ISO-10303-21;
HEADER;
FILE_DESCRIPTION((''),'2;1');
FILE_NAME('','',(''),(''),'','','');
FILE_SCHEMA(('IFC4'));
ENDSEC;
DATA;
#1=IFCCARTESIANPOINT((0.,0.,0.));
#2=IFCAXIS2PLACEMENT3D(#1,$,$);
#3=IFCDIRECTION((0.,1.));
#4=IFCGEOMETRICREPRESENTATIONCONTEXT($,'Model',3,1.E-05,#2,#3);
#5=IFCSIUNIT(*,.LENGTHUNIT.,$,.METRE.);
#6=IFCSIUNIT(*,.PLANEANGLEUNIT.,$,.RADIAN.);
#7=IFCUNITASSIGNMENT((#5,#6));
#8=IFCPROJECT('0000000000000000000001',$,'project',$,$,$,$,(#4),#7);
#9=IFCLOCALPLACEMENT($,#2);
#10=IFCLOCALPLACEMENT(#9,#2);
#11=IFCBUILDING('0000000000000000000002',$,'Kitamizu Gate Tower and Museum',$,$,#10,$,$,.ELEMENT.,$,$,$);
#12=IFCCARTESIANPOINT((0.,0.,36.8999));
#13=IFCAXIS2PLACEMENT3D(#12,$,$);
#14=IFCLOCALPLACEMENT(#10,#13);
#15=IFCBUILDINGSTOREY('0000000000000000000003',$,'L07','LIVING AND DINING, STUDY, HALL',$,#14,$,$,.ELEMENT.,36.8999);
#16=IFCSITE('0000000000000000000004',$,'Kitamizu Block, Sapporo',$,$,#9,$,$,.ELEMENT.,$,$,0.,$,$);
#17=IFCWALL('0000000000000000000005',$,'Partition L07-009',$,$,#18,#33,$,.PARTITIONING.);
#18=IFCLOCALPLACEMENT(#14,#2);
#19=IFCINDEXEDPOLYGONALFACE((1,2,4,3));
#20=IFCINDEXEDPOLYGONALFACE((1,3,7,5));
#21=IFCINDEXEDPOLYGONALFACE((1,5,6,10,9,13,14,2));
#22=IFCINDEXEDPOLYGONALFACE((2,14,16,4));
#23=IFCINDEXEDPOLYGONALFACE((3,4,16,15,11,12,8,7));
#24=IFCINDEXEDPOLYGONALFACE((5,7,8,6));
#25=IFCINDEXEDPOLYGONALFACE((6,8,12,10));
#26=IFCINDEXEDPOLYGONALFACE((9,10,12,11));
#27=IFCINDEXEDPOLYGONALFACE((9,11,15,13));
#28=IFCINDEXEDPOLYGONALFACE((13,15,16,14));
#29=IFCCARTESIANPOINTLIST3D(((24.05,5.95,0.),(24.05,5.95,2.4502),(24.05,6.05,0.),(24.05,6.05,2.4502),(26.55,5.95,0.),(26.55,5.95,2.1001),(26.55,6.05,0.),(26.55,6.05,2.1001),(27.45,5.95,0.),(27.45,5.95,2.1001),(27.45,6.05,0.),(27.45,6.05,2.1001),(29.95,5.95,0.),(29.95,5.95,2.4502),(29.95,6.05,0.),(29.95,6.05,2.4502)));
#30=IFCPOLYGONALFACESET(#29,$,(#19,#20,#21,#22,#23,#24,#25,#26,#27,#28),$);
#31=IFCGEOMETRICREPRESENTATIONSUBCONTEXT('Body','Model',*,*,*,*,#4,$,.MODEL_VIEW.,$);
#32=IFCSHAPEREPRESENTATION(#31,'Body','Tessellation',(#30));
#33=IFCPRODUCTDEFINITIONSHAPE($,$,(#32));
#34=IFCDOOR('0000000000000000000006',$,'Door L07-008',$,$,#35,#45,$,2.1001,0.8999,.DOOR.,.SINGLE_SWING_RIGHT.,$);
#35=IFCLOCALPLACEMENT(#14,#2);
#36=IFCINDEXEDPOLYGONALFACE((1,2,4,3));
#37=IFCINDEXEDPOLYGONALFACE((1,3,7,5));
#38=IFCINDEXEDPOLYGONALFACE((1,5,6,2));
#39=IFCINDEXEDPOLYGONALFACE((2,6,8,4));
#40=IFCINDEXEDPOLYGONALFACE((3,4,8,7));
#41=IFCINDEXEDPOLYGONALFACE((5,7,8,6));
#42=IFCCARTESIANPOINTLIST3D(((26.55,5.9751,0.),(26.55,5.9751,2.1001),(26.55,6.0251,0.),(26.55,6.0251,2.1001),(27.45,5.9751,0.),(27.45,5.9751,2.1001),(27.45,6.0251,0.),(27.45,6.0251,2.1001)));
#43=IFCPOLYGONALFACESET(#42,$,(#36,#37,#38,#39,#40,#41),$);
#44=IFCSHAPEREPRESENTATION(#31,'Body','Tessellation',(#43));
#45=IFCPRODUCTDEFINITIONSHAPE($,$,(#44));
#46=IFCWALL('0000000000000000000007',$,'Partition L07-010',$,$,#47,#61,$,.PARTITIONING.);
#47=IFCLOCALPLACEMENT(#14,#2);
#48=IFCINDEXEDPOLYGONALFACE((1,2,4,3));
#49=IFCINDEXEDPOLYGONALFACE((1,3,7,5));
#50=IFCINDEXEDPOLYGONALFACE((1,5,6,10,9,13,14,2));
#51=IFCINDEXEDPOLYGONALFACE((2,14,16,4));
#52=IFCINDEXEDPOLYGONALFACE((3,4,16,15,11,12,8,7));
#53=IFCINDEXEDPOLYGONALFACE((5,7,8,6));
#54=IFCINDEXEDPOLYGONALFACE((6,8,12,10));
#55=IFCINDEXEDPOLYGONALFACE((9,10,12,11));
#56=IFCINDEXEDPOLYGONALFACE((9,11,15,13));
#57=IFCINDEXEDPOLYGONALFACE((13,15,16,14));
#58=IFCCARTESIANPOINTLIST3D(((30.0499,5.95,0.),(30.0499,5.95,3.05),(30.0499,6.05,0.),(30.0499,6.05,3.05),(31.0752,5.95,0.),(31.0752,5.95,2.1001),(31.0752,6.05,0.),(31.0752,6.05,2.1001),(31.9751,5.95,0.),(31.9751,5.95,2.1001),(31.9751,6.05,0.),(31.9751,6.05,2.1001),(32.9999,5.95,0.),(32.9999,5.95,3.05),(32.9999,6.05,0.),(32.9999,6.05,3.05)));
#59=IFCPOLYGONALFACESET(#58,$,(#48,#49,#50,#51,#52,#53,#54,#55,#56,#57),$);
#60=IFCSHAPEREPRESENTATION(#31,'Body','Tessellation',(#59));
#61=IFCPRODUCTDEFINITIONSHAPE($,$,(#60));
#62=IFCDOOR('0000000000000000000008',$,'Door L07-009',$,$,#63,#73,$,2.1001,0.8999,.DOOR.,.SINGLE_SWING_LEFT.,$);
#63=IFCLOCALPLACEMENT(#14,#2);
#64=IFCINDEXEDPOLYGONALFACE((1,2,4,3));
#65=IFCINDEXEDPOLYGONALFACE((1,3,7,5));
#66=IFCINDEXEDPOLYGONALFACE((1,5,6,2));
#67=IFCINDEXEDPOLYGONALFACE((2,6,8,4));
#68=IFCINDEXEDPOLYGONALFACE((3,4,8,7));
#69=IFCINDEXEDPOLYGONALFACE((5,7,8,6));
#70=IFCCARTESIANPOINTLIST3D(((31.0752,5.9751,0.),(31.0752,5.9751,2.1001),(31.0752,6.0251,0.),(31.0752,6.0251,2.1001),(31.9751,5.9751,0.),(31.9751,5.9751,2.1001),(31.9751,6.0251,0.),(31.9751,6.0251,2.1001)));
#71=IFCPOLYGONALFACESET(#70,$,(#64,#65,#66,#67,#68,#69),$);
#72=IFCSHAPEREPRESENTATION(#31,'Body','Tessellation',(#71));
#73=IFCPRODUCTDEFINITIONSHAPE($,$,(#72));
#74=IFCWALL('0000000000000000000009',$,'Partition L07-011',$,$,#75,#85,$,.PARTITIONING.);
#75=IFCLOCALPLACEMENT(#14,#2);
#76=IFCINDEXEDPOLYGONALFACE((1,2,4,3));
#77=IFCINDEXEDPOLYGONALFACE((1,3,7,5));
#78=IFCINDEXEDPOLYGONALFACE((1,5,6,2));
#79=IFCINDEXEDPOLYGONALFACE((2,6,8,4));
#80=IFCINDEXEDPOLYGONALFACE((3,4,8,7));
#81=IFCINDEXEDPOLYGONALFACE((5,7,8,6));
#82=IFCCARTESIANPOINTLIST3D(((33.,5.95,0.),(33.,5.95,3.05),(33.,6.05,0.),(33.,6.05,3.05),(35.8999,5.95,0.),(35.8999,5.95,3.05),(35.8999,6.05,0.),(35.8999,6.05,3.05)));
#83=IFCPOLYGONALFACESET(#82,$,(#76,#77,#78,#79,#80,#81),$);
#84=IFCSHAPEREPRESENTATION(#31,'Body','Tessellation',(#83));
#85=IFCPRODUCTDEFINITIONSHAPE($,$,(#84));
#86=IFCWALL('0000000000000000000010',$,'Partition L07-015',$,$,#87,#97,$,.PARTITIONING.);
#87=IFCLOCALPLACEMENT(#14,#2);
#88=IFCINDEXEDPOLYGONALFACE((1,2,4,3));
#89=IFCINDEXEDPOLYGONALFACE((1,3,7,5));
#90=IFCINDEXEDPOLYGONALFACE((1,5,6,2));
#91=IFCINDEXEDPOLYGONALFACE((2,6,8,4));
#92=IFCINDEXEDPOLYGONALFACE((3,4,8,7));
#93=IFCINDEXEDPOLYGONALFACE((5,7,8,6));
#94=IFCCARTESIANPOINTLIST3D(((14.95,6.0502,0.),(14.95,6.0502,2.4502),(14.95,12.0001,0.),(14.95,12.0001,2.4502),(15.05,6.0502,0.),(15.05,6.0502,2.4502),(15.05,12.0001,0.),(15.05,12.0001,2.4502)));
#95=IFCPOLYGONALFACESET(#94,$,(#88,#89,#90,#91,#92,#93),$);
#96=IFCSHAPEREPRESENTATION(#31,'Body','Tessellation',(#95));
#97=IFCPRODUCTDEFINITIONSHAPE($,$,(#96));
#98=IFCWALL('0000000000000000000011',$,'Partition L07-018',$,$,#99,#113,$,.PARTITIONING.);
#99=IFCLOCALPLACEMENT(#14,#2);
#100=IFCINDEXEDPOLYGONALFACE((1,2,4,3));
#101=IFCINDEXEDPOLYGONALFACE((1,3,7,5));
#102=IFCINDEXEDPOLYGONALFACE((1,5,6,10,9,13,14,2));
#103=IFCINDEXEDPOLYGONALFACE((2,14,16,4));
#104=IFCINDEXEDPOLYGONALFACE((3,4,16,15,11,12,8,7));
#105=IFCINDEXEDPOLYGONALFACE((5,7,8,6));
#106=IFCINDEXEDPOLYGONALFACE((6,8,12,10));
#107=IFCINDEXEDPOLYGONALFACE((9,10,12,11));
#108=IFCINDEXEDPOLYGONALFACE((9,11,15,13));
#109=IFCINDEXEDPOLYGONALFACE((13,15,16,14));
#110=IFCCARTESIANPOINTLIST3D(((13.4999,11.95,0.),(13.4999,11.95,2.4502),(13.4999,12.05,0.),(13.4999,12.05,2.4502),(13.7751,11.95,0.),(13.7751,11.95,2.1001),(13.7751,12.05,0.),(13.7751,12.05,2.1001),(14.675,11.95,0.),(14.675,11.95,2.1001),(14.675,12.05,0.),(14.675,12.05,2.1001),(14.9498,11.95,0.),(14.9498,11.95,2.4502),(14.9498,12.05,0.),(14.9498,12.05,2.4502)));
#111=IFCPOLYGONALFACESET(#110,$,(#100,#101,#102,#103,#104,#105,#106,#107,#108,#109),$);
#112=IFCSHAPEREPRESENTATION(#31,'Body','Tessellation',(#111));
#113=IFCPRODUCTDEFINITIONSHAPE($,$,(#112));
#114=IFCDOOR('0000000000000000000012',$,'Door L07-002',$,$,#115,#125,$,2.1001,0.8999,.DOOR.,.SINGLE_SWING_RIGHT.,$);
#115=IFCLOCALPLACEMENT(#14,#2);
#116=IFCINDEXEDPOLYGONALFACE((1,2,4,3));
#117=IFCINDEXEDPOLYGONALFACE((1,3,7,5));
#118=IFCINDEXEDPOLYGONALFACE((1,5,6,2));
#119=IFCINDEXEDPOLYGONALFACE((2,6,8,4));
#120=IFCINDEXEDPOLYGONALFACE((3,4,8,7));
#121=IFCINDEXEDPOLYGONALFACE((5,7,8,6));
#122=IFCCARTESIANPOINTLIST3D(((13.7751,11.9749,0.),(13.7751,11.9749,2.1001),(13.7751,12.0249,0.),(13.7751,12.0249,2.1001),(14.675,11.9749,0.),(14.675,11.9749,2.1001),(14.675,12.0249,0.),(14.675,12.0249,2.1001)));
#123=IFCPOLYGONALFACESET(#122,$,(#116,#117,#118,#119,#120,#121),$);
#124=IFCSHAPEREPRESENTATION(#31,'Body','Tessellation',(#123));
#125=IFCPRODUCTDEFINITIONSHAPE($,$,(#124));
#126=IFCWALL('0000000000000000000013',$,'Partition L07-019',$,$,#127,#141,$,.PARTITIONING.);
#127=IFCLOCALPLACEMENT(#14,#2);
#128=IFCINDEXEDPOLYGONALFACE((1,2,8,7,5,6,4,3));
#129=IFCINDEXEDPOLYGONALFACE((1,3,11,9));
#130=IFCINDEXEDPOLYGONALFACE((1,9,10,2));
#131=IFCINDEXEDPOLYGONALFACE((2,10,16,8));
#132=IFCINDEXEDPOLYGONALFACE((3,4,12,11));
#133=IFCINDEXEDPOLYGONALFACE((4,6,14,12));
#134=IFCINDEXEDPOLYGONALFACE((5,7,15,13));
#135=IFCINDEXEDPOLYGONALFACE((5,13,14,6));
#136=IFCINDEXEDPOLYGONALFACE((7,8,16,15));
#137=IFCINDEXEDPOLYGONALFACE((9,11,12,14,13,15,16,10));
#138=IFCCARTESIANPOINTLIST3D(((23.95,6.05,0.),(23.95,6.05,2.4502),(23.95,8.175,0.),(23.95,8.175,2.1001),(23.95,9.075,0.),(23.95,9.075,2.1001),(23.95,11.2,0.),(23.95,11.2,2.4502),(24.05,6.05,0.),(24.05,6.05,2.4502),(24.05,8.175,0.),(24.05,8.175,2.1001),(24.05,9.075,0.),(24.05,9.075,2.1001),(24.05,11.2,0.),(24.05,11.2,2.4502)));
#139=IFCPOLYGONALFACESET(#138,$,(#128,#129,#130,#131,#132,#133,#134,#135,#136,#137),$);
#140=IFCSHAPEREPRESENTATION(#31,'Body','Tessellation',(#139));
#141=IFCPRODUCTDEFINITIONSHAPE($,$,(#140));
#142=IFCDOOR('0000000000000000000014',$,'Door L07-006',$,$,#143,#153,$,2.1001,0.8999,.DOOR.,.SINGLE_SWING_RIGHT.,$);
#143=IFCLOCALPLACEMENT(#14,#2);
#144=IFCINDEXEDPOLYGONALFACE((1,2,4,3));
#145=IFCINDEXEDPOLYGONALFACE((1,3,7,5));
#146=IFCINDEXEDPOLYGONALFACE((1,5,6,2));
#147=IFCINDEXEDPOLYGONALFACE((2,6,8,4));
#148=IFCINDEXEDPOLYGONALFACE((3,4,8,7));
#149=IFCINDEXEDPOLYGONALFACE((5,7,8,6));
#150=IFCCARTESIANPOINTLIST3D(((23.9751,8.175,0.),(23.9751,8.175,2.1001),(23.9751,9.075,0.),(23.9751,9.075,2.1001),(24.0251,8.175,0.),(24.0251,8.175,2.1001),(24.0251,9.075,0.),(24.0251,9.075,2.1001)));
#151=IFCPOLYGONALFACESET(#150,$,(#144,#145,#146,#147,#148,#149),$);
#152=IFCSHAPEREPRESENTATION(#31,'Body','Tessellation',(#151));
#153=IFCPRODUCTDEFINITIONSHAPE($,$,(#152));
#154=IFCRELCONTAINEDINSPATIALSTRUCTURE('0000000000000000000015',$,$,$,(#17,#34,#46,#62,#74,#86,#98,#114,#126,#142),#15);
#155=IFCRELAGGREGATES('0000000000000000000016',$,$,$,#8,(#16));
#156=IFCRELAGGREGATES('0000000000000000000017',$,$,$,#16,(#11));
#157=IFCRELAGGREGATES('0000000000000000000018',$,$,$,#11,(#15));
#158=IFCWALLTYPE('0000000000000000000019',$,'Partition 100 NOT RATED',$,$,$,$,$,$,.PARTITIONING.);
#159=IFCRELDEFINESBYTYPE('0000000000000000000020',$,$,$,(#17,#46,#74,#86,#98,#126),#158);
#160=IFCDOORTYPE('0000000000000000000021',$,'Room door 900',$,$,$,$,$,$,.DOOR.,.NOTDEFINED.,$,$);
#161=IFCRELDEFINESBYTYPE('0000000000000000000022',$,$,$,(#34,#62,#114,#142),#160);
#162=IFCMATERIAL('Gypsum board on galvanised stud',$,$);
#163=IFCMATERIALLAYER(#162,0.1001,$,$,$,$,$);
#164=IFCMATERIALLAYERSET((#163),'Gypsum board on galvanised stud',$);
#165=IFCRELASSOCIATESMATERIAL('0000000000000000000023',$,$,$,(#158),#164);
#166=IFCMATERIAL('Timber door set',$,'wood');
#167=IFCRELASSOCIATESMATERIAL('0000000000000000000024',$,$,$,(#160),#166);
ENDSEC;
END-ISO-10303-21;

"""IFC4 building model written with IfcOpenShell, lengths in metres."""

from ifc_helpers import new_model, si_unit, direction, frame, frame_2d, origin, place, context, subcontext, project, spatial, rectangle, extrude, material, layer, layer_set, type_object, element, fill, save


model = new_model("IFC4")

# Units and contexts
model_context = context("Model", 3, precision=1e-05, world=origin(), true_north=direction((0.0, 1.0)))
body_context = subcontext(model_context, "Body", "Model", "MODEL_VIEW")
ifc_project = project(units=[si_unit("LENGTHUNIT", "METRE"), si_unit("PLANEANGLEUNIT", "RADIAN")], contexts=[model_context])

# Site, building, storey
site_placement = place(None, origin())
site = spatial("IfcSite", under=ifc_project, at=site_placement, Name="Kitamizu Block, Sapporo", CompositionType="ELEMENT", RefElevation=0.0)
building_placement = place(site_placement, origin())
building = spatial("IfcBuilding", under=site, at=building_placement, Name="Kitamizu Gate Tower and Museum", CompositionType="ELEMENT")
storey_placement = place(building_placement, frame((0.0, 0.0, 36.8999)))
storey = spatial("IfcBuildingStorey", under=building, at=storey_placement, Name="L07", Description="LIVING AND DINING, STUDY, HALL", CompositionType="ELEMENT", Elevation=36.8999)

# Shared definitions
ifc_material_1 = material(Name="Gypsum board on galvanised stud")
ifc_layer = layer(ifc_material_1, 0.1001)
ifc_layer_set = layer_set([ifc_layer], Name="Gypsum board on galvanised stud")
wall_type = type_object("IfcWallType", Name="Partition 100 NOT RATED", PredefinedType="PARTITIONING", material=ifc_layer_set)

# Shared definitions
ifc_material_2 = material(Name="Timber door set", Category="wood")
door_type = type_object("IfcDoorType", Name="Room door 900", OperationType="NOTDEFINED", PredefinedType="DOOR", material=ifc_material_2)

# Walls, openings, doors
wall_1_placement = place(storey_placement, frame((29.95, 6.0, 0.0), z_axis=(0.0, 0.0, 1.0), x_axis=(-1.0, 0.0, 0.0)))
wall_1 = element("IfcWall", 1, at=wall_1_placement, inside=storey, type_object=wall_type, Name="Partition L07-009", PredefinedType="PARTITIONING", context=body_context, shape_type="SweptSolid", body=[
    extrude(rectangle(XDim=5.8999, YDim=0.1001, at=frame_2d((2.95, 0.0))), origin(), (0.0, 0.0, 1.0), 2.4502),
])
opening_1_placement = place(wall_1_placement, frame((2.5, 0.0, 0.0)))
opening_1 = element("IfcOpeningElement", 2, at=opening_1_placement, cuts=wall_1, PredefinedType="OPENING", context=body_context, shape_type="SweptSolid", body=[
    extrude(rectangle(XDim=0.8999, YDim=2.1001, at=frame_2d((0.45, 1.05))), frame((0.0, 0.0601, 0.0), z_axis=(0.0, -1.0, 0.0), x_axis=(1.0, 0.0, 0.0)), (0.0, 0.0, 1.0), 0.1201),
])
door_1_placement = place(opening_1_placement, origin())
door_1 = element("IfcDoor", 3, at=door_1_placement, inside=storey, type_object=door_type, Name="Door L07-008", OperationType="SINGLE_SWING_RIGHT", OverallHeight=2.1001, OverallWidth=0.8999, PredefinedType="DOOR", context=body_context, shape_type="SweptSolid", body=[
    extrude(rectangle(XDim=0.8999, YDim=2.1001, at=frame_2d((0.45, 1.05))), frame((0.0, 0.0249, 0.0), z_axis=(0.0, -1.0, 0.0), x_axis=(1.0, 0.0, 0.0)), (0.0, 0.0, 1.0), 0.05),
])
fill(opening_1, door_1)
wall_2_placement = place(storey_placement, frame((33.0, 6.0, 0.0), z_axis=(0.0, 0.0, 1.0), x_axis=(-1.0, 0.0, 0.0)))
wall_2 = element("IfcWall", 4, at=wall_2_placement, inside=storey, type_object=wall_type, Name="Partition L07-010", PredefinedType="PARTITIONING", context=body_context, shape_type="SweptSolid", body=[
    extrude(rectangle(XDim=2.95, YDim=0.1001, at=frame_2d((1.4751, 0.0))), origin(), (0.0, 0.0, 1.0), 3.05),
])
opening_2_placement = place(wall_2_placement, frame((1.0249, 0.0, 0.0)))
opening_2 = element("IfcOpeningElement", 5, at=opening_2_placement, cuts=wall_2, PredefinedType="OPENING", context=body_context, shape_type="SweptSolid", body=[
    extrude(rectangle(XDim=0.8999, YDim=2.1001, at=frame_2d((0.45, 1.05))), frame((0.0, 0.0601, 0.0), z_axis=(0.0, -1.0, 0.0), x_axis=(1.0, 0.0, 0.0)), (0.0, 0.0, 1.0), 0.1201),
])
door_2_placement = place(opening_2_placement, origin())
door_2 = element("IfcDoor", 6, at=door_2_placement, inside=storey, type_object=door_type, Name="Door L07-009", OperationType="SINGLE_SWING_LEFT", OverallHeight=2.1001, OverallWidth=0.8999, PredefinedType="DOOR", context=body_context, shape_type="SweptSolid", body=[
    extrude(rectangle(XDim=0.8999, YDim=2.1001, at=frame_2d((0.45, 1.05))), frame((0.0, 0.0249, 0.0), z_axis=(0.0, -1.0, 0.0), x_axis=(1.0, 0.0, 0.0)), (0.0, 0.0, 1.0), 0.05),
])
fill(opening_2, door_2)

# Walls
wall_3_placement = place(storey_placement, frame((35.8999, 6.0, 0.0), z_axis=(0.0, 0.0, 1.0), x_axis=(-1.0, 0.0, 0.0)))
element("IfcWall", 7, at=wall_3_placement, inside=storey, type_object=wall_type, Name="Partition L07-011", PredefinedType="PARTITIONING", context=body_context, shape_type="SweptSolid", body=[
    extrude(rectangle(XDim=2.8999, YDim=0.1001, at=frame_2d((1.45, 0.0))), origin(), (0.0, 0.0, 1.0), 3.05),
])
wall_4_placement = place(storey_placement, frame((15.0, 6.05, 0.0), z_axis=(0.0, 0.0, 1.0), x_axis=(0.0, 1.0, 0.0)))
element("IfcWall", 8, at=wall_4_placement, inside=storey, type_object=wall_type, Name="Partition L07-015", PredefinedType="PARTITIONING", context=body_context, shape_type="SweptSolid", body=[
    extrude(rectangle(XDim=5.95, YDim=0.1001, at=frame_2d((2.9751, 0.0))), origin(), (0.0, 0.0, 1.0), 2.4502),
])

# Walls, openings, doors
wall_5_placement = place(storey_placement, frame((14.95, 12.0, 0.0), z_axis=(0.0, 0.0, 1.0), x_axis=(-1.0, 0.0, 0.0)))
wall_5 = element("IfcWall", 9, at=wall_5_placement, inside=storey, type_object=wall_type, Name="Partition L07-018", PredefinedType="PARTITIONING", context=body_context, shape_type="SweptSolid", body=[
    extrude(rectangle(XDim=1.45, YDim=0.1001, at=frame_2d((0.7251, 0.0))), origin(), (0.0, 0.0, 1.0), 2.4502),
])
opening_3_placement = place(wall_5_placement, frame((0.2749, 0.0, 0.0)))
opening_3 = element("IfcOpeningElement", 10, at=opening_3_placement, cuts=wall_5, PredefinedType="OPENING", context=body_context, shape_type="SweptSolid", body=[
    extrude(rectangle(XDim=0.8999, YDim=2.1001, at=frame_2d((0.45, 1.05))), frame((0.0, 0.0601, 0.0), z_axis=(0.0, -1.0, 0.0), x_axis=(1.0, 0.0, 0.0)), (0.0, 0.0, 1.0), 0.1201),
])
door_3_placement = place(opening_3_placement, frame((0.8999, 0.0, 0.0), x_axis=(-1.0, 0.0, 0.0)))
door_3 = element("IfcDoor", 11, at=door_3_placement, inside=storey, type_object=door_type, Name="Door L07-002", OperationType="SINGLE_SWING_RIGHT", OverallHeight=2.1001, OverallWidth=0.8999, PredefinedType="DOOR", context=body_context, shape_type="SweptSolid", body=[
    extrude(rectangle(XDim=0.8999, YDim=2.1001, at=frame_2d((0.45, 1.05))), frame((0.0, 0.0249, 0.0), z_axis=(0.0, -1.0, 0.0), x_axis=(1.0, 0.0, 0.0)), (0.0, 0.0, 1.0), 0.05),
])
fill(opening_3, door_3)
wall_6_placement = place(storey_placement, frame((24.0, 6.05, 0.0), z_axis=(0.0, 0.0, 1.0), x_axis=(0.0, 1.0, 0.0)))
wall_6 = element("IfcWall", 12, at=wall_6_placement, inside=storey, type_object=wall_type, Name="Partition L07-019", PredefinedType="PARTITIONING", context=body_context, shape_type="SweptSolid", body=[
    extrude(rectangle(XDim=5.1499, YDim=0.1001, at=frame_2d((2.575, 0.0))), origin(), (0.0, 0.0, 1.0), 2.4502),
])
opening_4_placement = place(wall_6_placement, frame((2.125, 0.0, 0.0)))
opening_4 = element("IfcOpeningElement", 13, at=opening_4_placement, cuts=wall_6, PredefinedType="OPENING", context=body_context, shape_type="SweptSolid", body=[
    extrude(rectangle(XDim=0.8999, YDim=2.1001, at=frame_2d((0.45, 1.05))), frame((0.0, 0.0601, 0.0), z_axis=(0.0, -1.0, 0.0), x_axis=(1.0, 0.0, 0.0)), (0.0, 0.0, 1.0), 0.1201),
])
door_4_placement = place(opening_4_placement, origin())
door_4 = element("IfcDoor", 14, at=door_4_placement, inside=storey, type_object=door_type, Name="Door L07-006", OperationType="SINGLE_SWING_RIGHT", OverallHeight=2.1001, OverallWidth=0.8999, PredefinedType="DOOR", context=body_context, shape_type="SweptSolid", body=[
    extrude(rectangle(XDim=0.8999, YDim=2.1001, at=frame_2d((0.45, 1.05))), frame((0.0, 0.0249, 0.0), z_axis=(0.0, -1.0, 0.0), x_axis=(1.0, 0.0, 0.0)), (0.0, 0.0, 1.0), 0.05),
])
fill(opening_4, door_4)

save(model, "model.ifc")
